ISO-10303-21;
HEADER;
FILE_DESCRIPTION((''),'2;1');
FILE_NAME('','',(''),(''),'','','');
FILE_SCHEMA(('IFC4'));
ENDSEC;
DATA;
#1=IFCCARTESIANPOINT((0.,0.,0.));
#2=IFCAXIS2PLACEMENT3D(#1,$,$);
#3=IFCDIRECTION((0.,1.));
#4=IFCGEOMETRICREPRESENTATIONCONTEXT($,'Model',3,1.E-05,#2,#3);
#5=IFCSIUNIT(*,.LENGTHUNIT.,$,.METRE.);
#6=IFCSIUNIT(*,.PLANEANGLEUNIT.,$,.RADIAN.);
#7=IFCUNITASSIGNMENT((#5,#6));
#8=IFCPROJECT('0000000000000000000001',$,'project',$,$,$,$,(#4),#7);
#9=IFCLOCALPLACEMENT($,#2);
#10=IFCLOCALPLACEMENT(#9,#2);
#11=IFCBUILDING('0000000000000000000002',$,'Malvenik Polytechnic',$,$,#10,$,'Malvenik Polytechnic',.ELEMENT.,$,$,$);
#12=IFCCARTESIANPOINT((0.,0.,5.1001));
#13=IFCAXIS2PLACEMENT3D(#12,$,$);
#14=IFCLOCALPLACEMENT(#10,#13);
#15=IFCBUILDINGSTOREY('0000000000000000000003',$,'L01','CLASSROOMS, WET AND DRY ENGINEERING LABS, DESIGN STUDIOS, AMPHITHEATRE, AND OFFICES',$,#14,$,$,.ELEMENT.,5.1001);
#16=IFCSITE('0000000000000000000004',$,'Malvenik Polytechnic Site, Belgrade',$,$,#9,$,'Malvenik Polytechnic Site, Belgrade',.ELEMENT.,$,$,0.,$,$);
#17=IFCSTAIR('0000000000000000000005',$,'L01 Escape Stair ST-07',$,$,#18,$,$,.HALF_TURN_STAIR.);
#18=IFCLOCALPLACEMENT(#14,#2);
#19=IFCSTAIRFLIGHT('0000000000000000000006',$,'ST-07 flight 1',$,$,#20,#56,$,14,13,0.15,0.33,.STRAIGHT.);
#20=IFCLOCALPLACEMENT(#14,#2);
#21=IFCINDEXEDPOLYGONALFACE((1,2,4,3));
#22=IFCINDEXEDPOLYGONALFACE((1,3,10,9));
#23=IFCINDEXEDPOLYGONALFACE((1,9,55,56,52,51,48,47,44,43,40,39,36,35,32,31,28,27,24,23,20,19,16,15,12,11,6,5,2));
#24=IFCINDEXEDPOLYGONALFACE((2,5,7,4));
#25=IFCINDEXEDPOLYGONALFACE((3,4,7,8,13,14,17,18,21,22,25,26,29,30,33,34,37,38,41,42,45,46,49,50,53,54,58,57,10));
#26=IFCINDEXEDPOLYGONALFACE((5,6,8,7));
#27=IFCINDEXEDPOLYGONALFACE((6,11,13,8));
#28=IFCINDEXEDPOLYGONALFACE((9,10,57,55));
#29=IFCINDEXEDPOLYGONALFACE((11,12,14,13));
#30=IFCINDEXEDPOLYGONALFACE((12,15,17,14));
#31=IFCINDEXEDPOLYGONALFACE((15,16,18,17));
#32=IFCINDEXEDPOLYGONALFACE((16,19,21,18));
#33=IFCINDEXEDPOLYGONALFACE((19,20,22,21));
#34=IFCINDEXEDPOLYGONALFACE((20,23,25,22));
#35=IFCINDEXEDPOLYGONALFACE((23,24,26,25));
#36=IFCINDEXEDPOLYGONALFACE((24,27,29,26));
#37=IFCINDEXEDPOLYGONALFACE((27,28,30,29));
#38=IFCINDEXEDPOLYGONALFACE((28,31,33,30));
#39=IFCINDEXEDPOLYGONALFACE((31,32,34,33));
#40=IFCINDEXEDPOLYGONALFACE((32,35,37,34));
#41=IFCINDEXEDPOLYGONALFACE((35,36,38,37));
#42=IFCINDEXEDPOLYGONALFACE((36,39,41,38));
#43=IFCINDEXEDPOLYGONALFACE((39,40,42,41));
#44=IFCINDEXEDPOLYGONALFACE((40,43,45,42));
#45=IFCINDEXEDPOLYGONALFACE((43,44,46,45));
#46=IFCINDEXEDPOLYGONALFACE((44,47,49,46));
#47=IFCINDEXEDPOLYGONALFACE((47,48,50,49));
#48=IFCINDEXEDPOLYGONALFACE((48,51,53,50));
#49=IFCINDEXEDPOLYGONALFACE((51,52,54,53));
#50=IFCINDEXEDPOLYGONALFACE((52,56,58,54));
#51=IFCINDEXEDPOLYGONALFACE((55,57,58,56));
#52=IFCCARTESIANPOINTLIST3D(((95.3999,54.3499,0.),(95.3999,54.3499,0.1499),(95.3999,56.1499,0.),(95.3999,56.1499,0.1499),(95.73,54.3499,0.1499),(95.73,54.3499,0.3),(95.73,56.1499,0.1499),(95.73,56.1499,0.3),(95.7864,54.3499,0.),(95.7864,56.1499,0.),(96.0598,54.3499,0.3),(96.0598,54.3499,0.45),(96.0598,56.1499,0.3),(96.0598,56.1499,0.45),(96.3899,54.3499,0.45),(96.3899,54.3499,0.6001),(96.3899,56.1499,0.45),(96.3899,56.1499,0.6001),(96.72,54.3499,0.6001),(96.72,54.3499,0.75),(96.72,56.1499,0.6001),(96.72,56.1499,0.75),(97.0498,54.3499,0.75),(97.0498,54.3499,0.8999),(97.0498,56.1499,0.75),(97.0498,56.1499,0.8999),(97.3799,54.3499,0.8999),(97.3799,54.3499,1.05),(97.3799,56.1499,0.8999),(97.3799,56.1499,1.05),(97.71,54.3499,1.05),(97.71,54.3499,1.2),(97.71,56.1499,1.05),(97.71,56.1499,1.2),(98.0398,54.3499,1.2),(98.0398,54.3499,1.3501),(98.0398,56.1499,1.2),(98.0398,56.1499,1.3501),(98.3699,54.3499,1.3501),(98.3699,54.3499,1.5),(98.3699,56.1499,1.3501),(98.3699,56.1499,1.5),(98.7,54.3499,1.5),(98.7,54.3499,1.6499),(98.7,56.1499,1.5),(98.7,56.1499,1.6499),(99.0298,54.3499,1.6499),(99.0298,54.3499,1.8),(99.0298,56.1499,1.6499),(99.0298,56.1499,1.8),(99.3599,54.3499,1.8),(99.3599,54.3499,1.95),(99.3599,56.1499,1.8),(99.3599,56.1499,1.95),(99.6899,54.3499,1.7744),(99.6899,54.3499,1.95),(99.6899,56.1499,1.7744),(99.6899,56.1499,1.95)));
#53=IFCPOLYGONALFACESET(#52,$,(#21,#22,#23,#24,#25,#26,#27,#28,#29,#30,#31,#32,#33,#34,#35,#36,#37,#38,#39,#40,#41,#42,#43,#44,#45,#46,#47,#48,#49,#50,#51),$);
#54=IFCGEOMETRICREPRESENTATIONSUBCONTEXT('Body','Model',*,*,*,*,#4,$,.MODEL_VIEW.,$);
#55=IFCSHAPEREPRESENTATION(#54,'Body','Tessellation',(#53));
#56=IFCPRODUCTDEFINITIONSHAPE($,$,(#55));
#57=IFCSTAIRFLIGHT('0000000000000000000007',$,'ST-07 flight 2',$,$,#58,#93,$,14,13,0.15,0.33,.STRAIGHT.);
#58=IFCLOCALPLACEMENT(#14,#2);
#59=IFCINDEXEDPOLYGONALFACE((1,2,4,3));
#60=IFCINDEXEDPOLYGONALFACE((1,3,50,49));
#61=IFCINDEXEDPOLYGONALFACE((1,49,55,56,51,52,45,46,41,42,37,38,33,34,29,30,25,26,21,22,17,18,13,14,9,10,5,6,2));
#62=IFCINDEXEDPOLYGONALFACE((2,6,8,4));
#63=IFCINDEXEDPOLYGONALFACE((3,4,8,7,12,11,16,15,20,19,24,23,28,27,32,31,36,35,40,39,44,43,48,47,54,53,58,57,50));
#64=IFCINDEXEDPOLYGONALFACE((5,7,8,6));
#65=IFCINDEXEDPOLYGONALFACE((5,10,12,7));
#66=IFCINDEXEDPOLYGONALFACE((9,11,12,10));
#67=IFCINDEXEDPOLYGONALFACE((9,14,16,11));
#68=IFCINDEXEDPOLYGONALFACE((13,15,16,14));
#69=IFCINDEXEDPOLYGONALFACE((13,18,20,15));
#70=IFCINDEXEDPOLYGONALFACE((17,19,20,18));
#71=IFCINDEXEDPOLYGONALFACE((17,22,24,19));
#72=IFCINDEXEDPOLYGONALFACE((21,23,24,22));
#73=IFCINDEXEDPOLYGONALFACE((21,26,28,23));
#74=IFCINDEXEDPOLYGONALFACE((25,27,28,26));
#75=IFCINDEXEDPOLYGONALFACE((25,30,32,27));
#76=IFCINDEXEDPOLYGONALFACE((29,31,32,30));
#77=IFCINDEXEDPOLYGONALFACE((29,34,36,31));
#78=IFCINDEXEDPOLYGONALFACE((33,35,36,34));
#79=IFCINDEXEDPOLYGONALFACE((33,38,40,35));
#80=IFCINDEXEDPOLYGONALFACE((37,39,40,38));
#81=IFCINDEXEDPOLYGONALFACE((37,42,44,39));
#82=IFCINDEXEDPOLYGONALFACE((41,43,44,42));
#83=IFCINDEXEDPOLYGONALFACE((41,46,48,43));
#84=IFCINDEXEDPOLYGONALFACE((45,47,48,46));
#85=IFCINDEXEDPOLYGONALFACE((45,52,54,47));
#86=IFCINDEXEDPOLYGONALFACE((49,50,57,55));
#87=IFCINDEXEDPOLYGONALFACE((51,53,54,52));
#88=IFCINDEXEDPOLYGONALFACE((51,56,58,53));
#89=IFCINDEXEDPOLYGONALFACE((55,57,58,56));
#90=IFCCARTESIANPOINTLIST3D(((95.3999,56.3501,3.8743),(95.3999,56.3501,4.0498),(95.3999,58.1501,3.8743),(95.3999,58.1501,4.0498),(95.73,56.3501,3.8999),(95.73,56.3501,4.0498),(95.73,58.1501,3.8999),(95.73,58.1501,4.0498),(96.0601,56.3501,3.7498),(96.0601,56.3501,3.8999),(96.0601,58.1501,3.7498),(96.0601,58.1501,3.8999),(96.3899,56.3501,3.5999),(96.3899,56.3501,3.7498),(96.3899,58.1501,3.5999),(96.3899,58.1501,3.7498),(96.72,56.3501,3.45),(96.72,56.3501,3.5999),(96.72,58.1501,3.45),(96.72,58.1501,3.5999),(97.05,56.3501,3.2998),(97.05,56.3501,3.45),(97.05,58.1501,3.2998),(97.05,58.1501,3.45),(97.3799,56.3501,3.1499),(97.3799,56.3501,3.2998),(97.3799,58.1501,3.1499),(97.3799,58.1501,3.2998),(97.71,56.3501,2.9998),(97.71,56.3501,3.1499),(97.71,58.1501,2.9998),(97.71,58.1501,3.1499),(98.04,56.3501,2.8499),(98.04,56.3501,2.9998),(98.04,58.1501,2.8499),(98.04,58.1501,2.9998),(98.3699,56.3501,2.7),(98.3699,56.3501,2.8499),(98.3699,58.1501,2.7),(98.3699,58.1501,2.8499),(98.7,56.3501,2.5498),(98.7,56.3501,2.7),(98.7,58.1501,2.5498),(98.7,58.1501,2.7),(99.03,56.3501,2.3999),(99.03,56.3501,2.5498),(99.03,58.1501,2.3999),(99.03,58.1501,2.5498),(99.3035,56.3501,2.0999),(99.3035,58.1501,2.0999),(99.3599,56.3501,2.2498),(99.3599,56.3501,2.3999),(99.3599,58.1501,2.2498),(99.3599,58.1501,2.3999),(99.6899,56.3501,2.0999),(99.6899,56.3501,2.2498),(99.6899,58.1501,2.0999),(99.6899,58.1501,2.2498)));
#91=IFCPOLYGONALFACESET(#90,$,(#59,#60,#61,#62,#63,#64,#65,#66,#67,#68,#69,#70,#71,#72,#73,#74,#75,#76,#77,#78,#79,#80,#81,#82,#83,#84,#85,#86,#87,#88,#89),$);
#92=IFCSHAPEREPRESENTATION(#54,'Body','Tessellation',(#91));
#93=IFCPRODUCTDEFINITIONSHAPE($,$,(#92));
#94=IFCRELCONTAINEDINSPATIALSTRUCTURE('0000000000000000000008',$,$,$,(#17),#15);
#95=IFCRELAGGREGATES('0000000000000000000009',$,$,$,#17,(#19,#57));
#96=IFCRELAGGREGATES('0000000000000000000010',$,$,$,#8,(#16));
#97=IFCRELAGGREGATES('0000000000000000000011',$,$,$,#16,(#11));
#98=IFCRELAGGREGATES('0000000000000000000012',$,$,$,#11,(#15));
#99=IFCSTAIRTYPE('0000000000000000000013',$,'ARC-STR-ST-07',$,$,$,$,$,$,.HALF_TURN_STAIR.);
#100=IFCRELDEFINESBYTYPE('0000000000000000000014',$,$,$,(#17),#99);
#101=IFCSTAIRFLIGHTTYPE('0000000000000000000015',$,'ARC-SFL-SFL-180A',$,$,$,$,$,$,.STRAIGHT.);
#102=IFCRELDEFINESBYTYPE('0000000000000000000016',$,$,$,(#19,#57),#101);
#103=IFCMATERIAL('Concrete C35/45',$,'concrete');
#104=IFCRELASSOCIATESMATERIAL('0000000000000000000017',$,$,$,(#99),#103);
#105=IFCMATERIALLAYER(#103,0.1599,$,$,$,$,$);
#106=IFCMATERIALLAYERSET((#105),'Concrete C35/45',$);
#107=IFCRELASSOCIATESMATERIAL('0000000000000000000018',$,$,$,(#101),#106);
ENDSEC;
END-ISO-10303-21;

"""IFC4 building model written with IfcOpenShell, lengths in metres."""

from ifc_helpers import new_model, si_unit, direction, frame, origin, place, context, subcontext, project, spatial, polyline, outline, extrude, material, layer, layer_set, type_object, element, aggregate, save


model = new_model("IFC4")

# Units and contexts
model_context = context("Model", 3, precision=1e-05, world=origin(), true_north=direction((0.0, 1.0)))
body_context = subcontext(model_context, "Body", "Model", "MODEL_VIEW")
ifc_project = project(units=[si_unit("LENGTHUNIT", "METRE"), si_unit("PLANEANGLEUNIT", "RADIAN")], contexts=[model_context])

# Site, building, storey
site_placement = place(None, origin())
site = spatial("IfcSite", under=ifc_project, at=site_placement, Name="Malvenik Polytechnic Site, Belgrade", LongName="Malvenik Polytechnic Site, Belgrade", CompositionType="ELEMENT", RefElevation=0.0)
building_placement = place(site_placement, origin())
building = spatial("IfcBuilding", under=site, at=building_placement, Name="Malvenik Polytechnic", LongName="Malvenik Polytechnic", CompositionType="ELEMENT")
storey_placement = place(building_placement, frame((0.0, 0.0, 5.1001)))
storey = spatial("IfcBuildingStorey", under=building, at=storey_placement, Name="L01", Description="CLASSROOMS, WET AND DRY ENGINEERING LABS, DESIGN STUDIOS, AMPHITHEATRE, AND OFFICES", CompositionType="ELEMENT", Elevation=5.1001)

# Shared definitions
ifc_material_1 = material(Name="Concrete C35/45", Category="concrete")

# Stair, stair flights
stair_type = type_object("IfcStairType", Name="ARC-STR-ST-07", PredefinedType="HALF_TURN_STAIR", material=ifc_material_1)
stair_placement = place(storey_placement, origin())
stair = element("IfcStair", 1, at=stair_placement, inside=storey, type_object=stair_type, Name="L01 Escape Stair ST-07", PredefinedType="HALF_TURN_STAIR")
ifc_layer_1 = layer(ifc_material_1, 0.1599)
ifc_layer_set_1 = layer_set([ifc_layer_1], Name="Concrete C35/45")
stair_flight_type = type_object("IfcStairFlightType", Name="ARC-SFL-SFL-180A", PredefinedType="STRAIGHT", material=ifc_layer_set_1)
stair_flight_1_placement = place(storey_placement, frame((95.3999, 55.25, 0.0), z_axis=(0.0, 0.0, 1.0), x_axis=(1.0, 0.0, 0.0)))
stair_flight_1 = element("IfcStairFlight", 2, at=stair_flight_1_placement, type_object=stair_flight_type, Name="ST-07 flight 1", NumberOfRisers=14, NumberOfTreads=13, PredefinedType="STRAIGHT", RiserHeight=0.15, TreadLength=0.33, context=body_context, shape_type="SweptSolid", body=[
    extrude(outline(polyline([(0.0, 0.0), (0.0, 0.1499), (0.3301, 0.1499), (0.3301, 0.3), (0.6599, 0.3), (0.6599, 0.45), (0.99, 0.45), (0.99, 0.6001), (1.3201, 0.6001), (1.3201, 0.75), (1.6499, 0.75), (1.6499, 0.8999), (1.98, 0.8999), (1.98, 1.05), (2.3101, 1.05), (2.3101, 1.2), (2.6399, 1.2), (2.6399, 1.3501), (2.97, 1.3501), (2.97, 1.5), (3.3, 1.5), (3.3, 1.6499), (3.6299, 1.6499), (3.6299, 1.8), (3.96, 1.8), (3.96, 1.95), (4.29, 1.95), (4.29, 2.1001), (4.29, 1.7744), (0.3865, 0.0), (0.0, 0.0)])), frame((0.0, 0.8999, 0.0), z_axis=(0.0, -1.0, 0.0), x_axis=(1.0, 0.0, 0.0)), (0.0, 0.0, 1.0), 1.8),
])
stair_flight_2_placement = place(storey_placement, frame((99.6899, 57.25, 2.0999), z_axis=(0.0, 0.0, 1.0), x_axis=(-1.0, 0.0, 0.0)))
stair_flight_2 = element("IfcStairFlight", 3, at=stair_flight_2_placement, type_object=stair_flight_type, Name="ST-07 flight 2", NumberOfRisers=14, NumberOfTreads=13, PredefinedType="STRAIGHT", RiserHeight=0.15, TreadLength=0.33, context=body_context, shape_type="SweptSolid", body=[
    extrude(outline(polyline([(0.0, 0.0), (0.0, 0.1499), (0.3301, 0.1499), (0.3301, 0.3), (0.6599, 0.3), (0.6599, 0.45), (0.99, 0.45), (0.99, 0.6001), (1.3201, 0.6001), (1.3201, 0.75), (1.6499, 0.75), (1.6499, 0.8999), (1.98, 0.8999), (1.98, 1.05), (2.3101, 1.05), (2.3101, 1.2), (2.6399, 1.2), (2.6399, 1.3501), (2.97, 1.3501), (2.97, 1.5), (3.3, 1.5), (3.3, 1.6499), (3.6299, 1.6499), (3.6299, 1.8), (3.96, 1.8), (3.96, 1.95), (4.29, 1.95), (4.29, 2.1001), (4.29, 1.7744), (0.3865, 0.0), (0.0, 0.0)])), frame((0.0, 0.8999, 0.0), z_axis=(0.0, -1.0, 0.0), x_axis=(1.0, 0.0, 0.0)), (0.0, 0.0, 1.0), 1.8),
])
aggregate(stair, [stair_flight_1, stair_flight_2])

save(model, "model.ifc")
